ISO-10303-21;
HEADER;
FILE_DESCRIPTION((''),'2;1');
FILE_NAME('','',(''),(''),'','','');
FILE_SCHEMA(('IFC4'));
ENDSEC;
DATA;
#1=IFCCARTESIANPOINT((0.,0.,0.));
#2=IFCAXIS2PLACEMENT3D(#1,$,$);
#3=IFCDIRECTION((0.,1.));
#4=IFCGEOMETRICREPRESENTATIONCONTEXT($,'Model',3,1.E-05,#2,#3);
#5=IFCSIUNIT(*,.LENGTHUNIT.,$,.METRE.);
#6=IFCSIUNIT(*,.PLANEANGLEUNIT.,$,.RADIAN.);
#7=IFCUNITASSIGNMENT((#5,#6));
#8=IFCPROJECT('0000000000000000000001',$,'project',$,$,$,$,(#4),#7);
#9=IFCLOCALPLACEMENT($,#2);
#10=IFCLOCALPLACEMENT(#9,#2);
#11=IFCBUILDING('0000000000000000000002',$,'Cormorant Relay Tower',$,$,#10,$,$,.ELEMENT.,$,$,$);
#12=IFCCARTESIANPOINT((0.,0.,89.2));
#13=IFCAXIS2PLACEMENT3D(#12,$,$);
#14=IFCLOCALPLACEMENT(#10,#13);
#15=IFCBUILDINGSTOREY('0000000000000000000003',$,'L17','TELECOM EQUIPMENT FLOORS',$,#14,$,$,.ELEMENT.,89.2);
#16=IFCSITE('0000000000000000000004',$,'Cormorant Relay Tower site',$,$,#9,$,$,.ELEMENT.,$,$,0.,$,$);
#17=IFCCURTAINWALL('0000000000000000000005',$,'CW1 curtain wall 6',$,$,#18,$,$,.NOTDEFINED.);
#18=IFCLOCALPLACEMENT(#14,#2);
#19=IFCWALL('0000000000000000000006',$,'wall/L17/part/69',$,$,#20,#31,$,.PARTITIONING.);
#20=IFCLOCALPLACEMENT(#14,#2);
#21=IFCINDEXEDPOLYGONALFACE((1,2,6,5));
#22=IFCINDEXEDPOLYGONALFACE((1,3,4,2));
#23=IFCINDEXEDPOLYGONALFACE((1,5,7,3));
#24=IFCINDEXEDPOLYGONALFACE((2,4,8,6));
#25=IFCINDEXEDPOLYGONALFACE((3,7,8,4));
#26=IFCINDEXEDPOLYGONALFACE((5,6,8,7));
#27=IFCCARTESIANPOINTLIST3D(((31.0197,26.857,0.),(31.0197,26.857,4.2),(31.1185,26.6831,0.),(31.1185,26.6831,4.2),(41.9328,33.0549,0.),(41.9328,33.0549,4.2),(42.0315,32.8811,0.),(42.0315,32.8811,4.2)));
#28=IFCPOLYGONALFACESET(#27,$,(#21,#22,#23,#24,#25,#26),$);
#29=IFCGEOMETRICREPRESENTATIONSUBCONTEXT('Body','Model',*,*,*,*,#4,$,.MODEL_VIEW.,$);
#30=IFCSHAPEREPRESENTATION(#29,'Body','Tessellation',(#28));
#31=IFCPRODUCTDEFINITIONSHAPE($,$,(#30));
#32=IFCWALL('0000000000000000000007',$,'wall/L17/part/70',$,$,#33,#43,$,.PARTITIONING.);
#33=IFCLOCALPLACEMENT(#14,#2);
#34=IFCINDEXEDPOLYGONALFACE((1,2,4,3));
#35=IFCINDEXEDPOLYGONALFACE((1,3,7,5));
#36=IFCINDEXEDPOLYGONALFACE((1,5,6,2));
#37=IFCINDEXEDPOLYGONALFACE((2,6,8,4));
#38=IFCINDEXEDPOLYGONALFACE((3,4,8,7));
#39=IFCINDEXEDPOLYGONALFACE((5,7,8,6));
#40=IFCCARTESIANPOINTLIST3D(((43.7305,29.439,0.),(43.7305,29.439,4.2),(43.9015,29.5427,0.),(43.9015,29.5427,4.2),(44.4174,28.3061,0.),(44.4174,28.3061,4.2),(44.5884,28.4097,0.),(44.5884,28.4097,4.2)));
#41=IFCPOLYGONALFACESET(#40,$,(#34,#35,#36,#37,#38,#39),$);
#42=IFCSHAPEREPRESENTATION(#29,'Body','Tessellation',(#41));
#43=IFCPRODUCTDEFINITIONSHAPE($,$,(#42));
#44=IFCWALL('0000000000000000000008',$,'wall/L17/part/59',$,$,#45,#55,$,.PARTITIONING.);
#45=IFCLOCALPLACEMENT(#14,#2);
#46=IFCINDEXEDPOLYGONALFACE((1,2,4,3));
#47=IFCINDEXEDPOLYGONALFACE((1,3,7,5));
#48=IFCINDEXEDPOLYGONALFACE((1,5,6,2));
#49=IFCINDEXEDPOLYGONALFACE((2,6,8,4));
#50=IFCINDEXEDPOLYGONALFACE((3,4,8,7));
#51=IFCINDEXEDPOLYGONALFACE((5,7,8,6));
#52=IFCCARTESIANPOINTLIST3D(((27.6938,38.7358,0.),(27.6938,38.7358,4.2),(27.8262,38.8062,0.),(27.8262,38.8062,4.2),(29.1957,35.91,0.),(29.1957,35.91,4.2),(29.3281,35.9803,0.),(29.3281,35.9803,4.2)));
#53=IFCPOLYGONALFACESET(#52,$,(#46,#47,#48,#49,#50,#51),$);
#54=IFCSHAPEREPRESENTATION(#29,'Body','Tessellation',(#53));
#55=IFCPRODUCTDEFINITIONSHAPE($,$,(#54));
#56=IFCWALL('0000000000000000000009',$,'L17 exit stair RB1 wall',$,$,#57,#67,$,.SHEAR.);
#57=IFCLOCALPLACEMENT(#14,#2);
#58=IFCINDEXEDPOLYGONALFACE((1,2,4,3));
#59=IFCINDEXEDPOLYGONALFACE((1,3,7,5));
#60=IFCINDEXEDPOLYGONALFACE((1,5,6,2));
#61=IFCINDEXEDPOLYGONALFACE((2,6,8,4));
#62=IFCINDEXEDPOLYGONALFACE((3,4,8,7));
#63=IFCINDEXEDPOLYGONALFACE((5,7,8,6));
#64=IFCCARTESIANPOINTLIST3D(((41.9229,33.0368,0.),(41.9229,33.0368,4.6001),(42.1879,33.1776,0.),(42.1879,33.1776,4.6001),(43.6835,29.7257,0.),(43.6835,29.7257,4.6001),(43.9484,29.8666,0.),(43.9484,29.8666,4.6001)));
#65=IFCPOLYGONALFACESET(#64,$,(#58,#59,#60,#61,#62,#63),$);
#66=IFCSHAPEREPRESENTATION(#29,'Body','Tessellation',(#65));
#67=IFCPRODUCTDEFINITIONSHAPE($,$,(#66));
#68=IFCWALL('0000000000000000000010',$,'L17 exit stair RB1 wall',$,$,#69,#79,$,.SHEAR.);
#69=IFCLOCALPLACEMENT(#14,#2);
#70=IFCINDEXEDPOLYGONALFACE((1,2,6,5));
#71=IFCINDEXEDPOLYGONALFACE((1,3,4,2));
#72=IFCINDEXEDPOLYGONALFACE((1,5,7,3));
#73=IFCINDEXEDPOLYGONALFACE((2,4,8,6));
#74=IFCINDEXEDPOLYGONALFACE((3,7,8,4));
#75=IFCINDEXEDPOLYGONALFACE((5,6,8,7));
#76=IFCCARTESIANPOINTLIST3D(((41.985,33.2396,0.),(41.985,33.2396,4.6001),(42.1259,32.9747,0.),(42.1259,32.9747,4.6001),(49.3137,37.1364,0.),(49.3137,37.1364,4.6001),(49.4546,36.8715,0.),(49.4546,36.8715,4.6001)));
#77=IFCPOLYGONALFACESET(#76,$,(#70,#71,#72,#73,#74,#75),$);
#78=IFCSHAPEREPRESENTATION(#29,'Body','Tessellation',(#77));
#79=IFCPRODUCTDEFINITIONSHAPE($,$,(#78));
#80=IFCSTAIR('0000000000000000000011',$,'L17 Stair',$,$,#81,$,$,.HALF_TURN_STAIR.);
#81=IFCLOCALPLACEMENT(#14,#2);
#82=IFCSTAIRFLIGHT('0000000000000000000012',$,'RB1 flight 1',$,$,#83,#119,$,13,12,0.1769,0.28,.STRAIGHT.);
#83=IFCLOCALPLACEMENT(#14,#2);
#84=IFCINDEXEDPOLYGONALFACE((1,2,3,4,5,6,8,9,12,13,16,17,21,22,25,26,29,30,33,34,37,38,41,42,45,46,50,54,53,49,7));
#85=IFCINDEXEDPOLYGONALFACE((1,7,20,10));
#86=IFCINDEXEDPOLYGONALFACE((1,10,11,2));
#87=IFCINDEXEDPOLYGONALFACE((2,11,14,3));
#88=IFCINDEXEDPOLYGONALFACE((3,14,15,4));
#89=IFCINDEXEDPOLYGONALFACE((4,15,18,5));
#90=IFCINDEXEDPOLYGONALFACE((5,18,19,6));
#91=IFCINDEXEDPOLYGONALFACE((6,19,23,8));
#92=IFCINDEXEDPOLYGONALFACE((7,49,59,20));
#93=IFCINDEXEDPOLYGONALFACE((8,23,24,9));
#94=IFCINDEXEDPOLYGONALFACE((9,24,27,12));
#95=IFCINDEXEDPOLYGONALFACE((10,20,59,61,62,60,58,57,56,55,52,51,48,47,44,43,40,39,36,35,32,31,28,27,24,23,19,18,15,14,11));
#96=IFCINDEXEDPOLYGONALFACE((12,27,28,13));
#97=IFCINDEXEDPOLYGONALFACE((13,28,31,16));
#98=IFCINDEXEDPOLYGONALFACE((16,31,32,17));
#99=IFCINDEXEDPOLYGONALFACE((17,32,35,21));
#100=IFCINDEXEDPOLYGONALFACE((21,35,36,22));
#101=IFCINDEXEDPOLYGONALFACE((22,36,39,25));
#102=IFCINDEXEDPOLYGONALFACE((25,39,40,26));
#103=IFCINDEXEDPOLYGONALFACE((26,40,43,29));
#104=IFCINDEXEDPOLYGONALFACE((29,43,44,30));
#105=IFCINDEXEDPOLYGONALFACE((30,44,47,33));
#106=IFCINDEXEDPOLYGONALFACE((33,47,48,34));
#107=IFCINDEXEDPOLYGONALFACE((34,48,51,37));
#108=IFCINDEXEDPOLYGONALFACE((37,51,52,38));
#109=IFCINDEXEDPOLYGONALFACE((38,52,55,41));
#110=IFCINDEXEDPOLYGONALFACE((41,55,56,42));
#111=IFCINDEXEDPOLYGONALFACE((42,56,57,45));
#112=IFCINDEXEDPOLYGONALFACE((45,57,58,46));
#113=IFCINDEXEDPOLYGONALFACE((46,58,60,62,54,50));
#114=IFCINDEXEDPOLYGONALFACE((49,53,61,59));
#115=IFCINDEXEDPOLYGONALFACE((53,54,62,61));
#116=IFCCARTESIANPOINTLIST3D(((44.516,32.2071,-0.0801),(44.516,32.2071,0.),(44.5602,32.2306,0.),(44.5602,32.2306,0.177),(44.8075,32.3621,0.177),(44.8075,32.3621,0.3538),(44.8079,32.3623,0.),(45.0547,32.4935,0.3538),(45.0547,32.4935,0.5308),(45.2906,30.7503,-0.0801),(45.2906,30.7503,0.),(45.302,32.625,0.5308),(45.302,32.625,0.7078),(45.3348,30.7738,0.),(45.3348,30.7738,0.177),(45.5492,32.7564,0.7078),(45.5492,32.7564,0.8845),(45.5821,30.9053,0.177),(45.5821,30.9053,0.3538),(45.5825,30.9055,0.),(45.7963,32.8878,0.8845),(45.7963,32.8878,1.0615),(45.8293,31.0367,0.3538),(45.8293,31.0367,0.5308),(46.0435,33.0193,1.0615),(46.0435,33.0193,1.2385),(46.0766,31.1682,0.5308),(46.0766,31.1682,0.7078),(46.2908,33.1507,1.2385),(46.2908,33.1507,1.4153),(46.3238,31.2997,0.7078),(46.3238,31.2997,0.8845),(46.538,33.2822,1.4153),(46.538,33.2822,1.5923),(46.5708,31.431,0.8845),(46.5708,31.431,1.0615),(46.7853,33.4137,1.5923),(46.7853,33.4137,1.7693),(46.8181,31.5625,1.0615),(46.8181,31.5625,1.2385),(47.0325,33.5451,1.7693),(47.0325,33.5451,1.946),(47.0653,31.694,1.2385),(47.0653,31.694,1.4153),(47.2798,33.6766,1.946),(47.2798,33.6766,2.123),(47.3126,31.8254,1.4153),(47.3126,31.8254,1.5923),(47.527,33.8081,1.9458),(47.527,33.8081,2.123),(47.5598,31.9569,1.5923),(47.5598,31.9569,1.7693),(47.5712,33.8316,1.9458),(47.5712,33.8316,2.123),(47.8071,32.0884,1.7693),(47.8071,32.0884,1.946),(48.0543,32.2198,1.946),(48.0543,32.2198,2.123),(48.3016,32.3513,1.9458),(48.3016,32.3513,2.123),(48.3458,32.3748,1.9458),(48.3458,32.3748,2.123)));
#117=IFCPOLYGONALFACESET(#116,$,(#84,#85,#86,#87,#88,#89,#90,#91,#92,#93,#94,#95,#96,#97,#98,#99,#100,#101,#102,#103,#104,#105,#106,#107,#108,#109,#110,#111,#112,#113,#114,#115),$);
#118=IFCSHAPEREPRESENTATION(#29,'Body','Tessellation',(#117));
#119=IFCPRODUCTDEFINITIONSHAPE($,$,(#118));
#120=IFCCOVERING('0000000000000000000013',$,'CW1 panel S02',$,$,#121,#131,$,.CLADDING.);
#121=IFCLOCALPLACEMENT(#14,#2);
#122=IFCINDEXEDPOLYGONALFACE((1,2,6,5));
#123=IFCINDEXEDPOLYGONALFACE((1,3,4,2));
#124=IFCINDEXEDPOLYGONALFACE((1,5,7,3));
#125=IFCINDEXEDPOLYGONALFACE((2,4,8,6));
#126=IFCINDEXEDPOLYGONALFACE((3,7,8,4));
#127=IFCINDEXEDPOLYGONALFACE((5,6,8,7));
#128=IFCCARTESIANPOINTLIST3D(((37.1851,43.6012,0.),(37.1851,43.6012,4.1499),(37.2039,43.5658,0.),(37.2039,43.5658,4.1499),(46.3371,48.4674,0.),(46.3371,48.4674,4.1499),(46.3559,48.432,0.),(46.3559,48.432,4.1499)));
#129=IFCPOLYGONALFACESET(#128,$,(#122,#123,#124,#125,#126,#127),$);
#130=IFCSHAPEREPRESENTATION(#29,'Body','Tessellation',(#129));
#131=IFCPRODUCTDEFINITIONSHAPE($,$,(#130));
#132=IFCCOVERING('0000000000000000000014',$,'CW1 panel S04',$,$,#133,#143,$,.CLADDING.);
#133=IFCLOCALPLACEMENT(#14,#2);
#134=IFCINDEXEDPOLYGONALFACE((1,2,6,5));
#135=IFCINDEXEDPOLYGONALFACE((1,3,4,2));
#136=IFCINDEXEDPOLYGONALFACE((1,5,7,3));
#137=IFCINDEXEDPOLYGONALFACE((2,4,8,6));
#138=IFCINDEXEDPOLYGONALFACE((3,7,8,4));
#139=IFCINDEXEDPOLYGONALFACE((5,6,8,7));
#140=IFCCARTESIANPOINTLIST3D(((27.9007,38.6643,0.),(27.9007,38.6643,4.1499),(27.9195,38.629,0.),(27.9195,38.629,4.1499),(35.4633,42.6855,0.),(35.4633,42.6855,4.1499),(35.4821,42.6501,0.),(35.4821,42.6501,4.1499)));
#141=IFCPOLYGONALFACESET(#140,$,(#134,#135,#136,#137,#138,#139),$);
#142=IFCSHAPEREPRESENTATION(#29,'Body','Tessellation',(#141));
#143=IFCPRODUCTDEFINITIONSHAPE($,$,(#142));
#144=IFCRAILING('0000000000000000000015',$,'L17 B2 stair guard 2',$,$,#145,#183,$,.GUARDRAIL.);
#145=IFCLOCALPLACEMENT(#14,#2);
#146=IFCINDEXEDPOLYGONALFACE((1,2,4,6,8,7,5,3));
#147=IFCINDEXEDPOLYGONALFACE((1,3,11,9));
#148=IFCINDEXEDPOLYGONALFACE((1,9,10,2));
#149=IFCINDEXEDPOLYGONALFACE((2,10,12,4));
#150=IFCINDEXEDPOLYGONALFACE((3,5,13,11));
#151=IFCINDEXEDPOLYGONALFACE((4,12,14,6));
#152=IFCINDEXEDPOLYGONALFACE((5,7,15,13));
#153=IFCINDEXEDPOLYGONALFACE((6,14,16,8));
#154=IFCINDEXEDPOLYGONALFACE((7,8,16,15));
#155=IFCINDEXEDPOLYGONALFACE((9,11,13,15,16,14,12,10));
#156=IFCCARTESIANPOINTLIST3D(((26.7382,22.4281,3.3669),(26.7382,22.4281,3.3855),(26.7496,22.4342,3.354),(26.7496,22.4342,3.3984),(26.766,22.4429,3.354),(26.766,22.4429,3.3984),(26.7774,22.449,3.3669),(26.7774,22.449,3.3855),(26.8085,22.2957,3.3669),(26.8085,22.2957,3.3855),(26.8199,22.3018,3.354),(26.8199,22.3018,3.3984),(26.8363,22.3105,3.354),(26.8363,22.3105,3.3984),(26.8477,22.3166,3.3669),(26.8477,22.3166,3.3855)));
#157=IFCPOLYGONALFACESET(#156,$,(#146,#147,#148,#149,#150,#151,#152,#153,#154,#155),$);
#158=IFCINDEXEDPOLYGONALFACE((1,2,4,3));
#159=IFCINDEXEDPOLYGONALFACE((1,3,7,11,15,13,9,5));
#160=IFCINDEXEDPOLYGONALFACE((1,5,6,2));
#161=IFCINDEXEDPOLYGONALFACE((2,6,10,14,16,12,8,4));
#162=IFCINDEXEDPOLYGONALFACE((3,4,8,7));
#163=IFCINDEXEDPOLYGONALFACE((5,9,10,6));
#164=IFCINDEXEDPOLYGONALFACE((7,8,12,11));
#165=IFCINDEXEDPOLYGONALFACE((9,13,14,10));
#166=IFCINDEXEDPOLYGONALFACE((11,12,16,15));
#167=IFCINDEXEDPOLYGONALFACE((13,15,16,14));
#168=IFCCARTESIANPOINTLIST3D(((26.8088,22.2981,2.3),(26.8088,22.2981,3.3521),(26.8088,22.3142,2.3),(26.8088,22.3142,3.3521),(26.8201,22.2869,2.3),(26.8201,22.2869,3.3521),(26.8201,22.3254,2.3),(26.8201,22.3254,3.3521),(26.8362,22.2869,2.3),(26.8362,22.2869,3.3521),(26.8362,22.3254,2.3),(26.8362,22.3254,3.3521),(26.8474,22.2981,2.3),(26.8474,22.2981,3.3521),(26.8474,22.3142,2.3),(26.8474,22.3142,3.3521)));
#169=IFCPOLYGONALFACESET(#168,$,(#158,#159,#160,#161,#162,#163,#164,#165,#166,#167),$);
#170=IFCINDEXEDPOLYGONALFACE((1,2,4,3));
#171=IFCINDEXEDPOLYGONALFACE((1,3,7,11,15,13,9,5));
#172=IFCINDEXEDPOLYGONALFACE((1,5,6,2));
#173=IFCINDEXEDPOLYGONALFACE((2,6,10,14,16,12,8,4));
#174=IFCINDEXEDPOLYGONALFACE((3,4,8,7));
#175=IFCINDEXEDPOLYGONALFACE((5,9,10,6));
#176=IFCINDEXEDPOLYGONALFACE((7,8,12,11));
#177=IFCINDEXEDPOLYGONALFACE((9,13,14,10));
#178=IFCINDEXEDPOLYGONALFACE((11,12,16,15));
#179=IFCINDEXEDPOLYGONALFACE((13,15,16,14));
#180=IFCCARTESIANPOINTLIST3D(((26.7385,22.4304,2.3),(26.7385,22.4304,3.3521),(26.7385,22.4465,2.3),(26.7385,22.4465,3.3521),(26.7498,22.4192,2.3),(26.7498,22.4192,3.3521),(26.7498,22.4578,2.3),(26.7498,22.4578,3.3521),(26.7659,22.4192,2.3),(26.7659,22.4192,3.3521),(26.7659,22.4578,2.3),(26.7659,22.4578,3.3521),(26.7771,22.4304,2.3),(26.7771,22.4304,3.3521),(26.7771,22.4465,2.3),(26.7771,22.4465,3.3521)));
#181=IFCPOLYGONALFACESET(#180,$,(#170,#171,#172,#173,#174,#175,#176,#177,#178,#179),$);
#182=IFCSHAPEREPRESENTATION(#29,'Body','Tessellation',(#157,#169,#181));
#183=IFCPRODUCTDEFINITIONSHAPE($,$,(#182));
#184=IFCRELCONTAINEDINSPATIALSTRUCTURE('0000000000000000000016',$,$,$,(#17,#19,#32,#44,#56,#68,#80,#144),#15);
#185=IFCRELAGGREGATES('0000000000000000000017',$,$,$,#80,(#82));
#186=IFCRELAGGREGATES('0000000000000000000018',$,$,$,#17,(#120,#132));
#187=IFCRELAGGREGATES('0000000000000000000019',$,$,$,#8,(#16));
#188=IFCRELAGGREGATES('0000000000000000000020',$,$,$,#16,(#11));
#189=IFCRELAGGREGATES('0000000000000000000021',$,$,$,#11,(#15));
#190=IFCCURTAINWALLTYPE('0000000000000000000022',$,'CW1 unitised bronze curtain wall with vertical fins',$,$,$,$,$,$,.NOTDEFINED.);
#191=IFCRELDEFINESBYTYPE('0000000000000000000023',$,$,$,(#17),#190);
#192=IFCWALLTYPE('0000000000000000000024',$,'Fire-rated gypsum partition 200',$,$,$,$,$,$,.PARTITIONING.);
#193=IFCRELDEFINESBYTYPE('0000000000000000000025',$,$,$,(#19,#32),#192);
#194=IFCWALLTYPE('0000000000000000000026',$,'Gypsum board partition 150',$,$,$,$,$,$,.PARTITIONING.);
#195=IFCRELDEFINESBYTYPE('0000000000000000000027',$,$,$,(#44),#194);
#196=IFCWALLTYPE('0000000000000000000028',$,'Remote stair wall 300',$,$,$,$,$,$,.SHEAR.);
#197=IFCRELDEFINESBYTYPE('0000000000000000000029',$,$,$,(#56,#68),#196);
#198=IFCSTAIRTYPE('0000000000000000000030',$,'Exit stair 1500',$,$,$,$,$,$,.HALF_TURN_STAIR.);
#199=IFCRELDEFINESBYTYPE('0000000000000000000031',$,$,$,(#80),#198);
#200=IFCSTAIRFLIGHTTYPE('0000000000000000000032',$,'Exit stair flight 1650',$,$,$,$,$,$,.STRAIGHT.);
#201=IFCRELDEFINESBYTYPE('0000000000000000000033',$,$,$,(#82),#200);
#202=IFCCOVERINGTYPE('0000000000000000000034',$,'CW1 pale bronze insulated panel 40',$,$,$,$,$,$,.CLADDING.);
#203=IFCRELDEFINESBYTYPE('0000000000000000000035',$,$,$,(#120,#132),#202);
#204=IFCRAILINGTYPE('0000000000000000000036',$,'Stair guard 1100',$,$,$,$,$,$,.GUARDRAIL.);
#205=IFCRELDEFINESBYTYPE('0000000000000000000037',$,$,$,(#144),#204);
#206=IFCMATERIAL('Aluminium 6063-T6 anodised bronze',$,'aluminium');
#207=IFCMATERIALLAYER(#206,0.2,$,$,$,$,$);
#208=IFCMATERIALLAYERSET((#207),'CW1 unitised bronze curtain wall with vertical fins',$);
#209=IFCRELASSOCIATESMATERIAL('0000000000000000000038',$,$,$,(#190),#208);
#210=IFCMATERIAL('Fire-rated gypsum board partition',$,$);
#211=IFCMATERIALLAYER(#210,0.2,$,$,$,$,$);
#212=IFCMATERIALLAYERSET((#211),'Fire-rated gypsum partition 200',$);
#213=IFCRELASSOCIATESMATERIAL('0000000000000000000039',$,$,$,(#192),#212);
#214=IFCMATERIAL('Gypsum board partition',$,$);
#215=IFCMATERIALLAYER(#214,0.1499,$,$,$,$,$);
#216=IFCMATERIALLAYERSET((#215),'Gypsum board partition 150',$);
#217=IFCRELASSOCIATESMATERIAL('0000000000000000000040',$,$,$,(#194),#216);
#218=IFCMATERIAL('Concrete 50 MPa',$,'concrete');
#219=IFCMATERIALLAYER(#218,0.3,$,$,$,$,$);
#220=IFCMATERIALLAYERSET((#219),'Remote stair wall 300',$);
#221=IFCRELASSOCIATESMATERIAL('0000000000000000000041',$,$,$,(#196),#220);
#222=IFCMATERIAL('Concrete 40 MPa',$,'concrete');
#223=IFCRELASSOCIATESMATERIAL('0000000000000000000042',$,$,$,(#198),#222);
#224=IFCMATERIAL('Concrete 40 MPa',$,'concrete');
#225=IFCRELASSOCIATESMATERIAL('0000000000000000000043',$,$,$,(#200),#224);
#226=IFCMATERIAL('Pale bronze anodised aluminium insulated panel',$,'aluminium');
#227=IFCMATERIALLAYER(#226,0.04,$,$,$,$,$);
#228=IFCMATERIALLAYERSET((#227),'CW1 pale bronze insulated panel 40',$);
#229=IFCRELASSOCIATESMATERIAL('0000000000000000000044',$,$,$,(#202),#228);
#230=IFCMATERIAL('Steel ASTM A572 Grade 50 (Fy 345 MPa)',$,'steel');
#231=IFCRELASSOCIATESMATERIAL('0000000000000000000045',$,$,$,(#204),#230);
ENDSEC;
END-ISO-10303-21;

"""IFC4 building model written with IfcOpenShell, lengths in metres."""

from ifc_helpers import new_model, si_unit, direction, frame, frame_2d, origin, origin_2d, place, context, subcontext, project, spatial, polyline, rectangle, outline, extrude, material, layer, layer_set, type_object, element, aggregate, save


model = new_model("IFC4")

# Units and contexts
model_context = context("Model", 3, precision=1e-05, world=origin(), true_north=direction((0.0, 1.0)))
body_context = subcontext(model_context, "Body", "Model", "MODEL_VIEW")
ifc_project = project(units=[si_unit("LENGTHUNIT", "METRE"), si_unit("PLANEANGLEUNIT", "RADIAN")], contexts=[model_context])

# Site, building, storey
site_placement = place(None, origin())
site = spatial("IfcSite", under=ifc_project, at=site_placement, Name="Cormorant Relay Tower site", CompositionType="ELEMENT", RefElevation=0.0)
building_placement = place(site_placement, origin())
building = spatial("IfcBuilding", under=site, at=building_placement, Name="Cormorant Relay Tower", CompositionType="ELEMENT")
storey_placement = place(building_placement, frame((0.0, 0.0, 89.2)))
storey = spatial("IfcBuildingStorey", under=building, at=storey_placement, Name="L17", Description="TELECOM EQUIPMENT FLOORS", CompositionType="ELEMENT", Elevation=89.2)

# Curtain wall
ifc_material_1 = material(Name="Aluminium 6063-T6 anodised bronze", Category="aluminium")
ifc_layer_1 = layer(ifc_material_1, 0.2)
ifc_layer_set_1 = layer_set([ifc_layer_1], Name="CW1 unitised bronze curtain wall with vertical fins")
curtain_wall_type = type_object("IfcCurtainWallType", Name="CW1 unitised bronze curtain wall with vertical fins", PredefinedType="NOTDEFINED", material=ifc_layer_set_1)
curtain_wall_placement = place(storey_placement, origin())
curtain_wall = element("IfcCurtainWall", 1, at=curtain_wall_placement, inside=storey, type_object=curtain_wall_type, Name="CW1 curtain wall 6", PredefinedType="NOTDEFINED")

# Shared definitions
ifc_material_2 = material(Name="Fire-rated gypsum board partition")
ifc_layer_2 = layer(ifc_material_2, 0.2)
ifc_layer_set_2 = layer_set([ifc_layer_2], Name="Fire-rated gypsum partition 200")
wall_type_1 = type_object("IfcWallType", Name="Fire-rated gypsum partition 200", PredefinedType="PARTITIONING", material=ifc_layer_set_2)

# Walls
wall_1_placement = place(storey_placement, frame((31.0691, 26.77, 0.0), z_axis=(0.0, 0.0, 1.0), x_axis=(0.869546, 0.493852, 0.0)))
element("IfcWall", 2, at=wall_1_placement, inside=storey, type_object=wall_type_1, Name="wall/L17/part/69", PredefinedType="PARTITIONING", context=body_context, shape_type="SweptSolid", body=[
    extrude(rectangle(XDim=12.5503, YDim=0.2, at=frame_2d((6.2751, 0.0))), origin(), (0.0, 0.0, 1.0), 4.2),
])
wall_2_placement = place(storey_placement, frame((43.8159, 29.491, 0.0), z_axis=(0.0, 0.0, 1.0), x_axis=(0.518473, -0.855094, 0.0)))
element("IfcWall", 3, at=wall_2_placement, inside=storey, type_object=wall_type_1, Name="wall/L17/part/70", PredefinedType="PARTITIONING", context=body_context, shape_type="SweptSolid", body=[
    extrude(rectangle(XDim=1.325, YDim=0.2, at=frame_2d((0.6626, 0.0))), origin(), (0.0, 0.0, 1.0), 4.2),
])
ifc_material_3 = material(Name="Gypsum board partition")
ifc_layer_3 = layer(ifc_material_3, 0.1499)
ifc_layer_set_3 = layer_set([ifc_layer_3], Name="Gypsum board partition 150")
wall_type_2 = type_object("IfcWallType", Name="Gypsum board partition 150", PredefinedType="PARTITIONING", material=ifc_layer_set_3)
wall_3_placement = place(storey_placement, frame((27.76, 38.771, 0.0), z_axis=(0.0, 0.0, 1.0), x_axis=(0.469321, -0.883028, 0.0)))
element("IfcWall", 4, at=wall_3_placement, inside=storey, type_object=wall_type_2, Name="wall/L17/part/59", PredefinedType="PARTITIONING", context=body_context, shape_type="SweptSolid", body=[
    extrude(rectangle(XDim=3.2002, YDim=0.1499, at=frame_2d((1.6001, 0.0))), origin(), (0.0, 0.0, 1.0), 4.2),
])
ifc_material_4 = material(Name="Concrete 50 MPa", Category="concrete")
ifc_layer_4 = layer(ifc_material_4, 0.3)
ifc_layer_set_4 = layer_set([ifc_layer_4], Name="Remote stair wall 300")
wall_type_3 = type_object("IfcWallType", Name="Remote stair wall 300", PredefinedType="SHEAR", material=ifc_layer_set_4)
wall_4_placement = place(storey_placement, frame((43.8159, 29.7961, 0.0), z_axis=(0.0, 0.0, 1.0), x_axis=(-0.469469, 0.882949, 0.0)))
element("IfcWall", 5, at=wall_4_placement, inside=storey, type_object=wall_type_3, Name="L17 exit stair RB1 wall", PredefinedType="SHEAR", context=body_context, shape_type="SweptSolid", body=[
    extrude(rectangle(XDim=3.75, YDim=0.3, at=frame_2d((1.875, 0.0))), origin(), (0.0, 0.0, 1.0), 4.6001),
])
wall_5_placement = place(storey_placement, frame((42.0554, 33.1072, 0.0), z_axis=(0.0, 0.0, 1.0), x_axis=(0.882946, 0.469475, 0.0)))
element("IfcWall", 6, at=wall_5_placement, inside=storey, type_object=wall_type_3, Name="L17 exit stair RB1 wall", PredefinedType="SHEAR", context=body_context, shape_type="SweptSolid", body=[
    extrude(rectangle(XDim=8.3003, YDim=0.3, at=frame_2d((4.1501, 0.0))), origin(), (0.0, 0.0, 1.0), 4.6001),
])

# Stair, stair flight
ifc_material_5 = material(Name="Concrete 40 MPa", Category="concrete")
stair_type = type_object("IfcStairType", Name="Exit stair 1500", PredefinedType="HALF_TURN_STAIR", material=ifc_material_5)
stair_placement = place(storey_placement, origin())
stair = element("IfcStair", 7, at=stair_placement, inside=storey, type_object=stair_type, Name="L17 Stair", PredefinedType="HALF_TURN_STAIR")
ifc_material_6 = material(Name="Concrete 40 MPa", Category="concrete")
stair_flight_type = type_object("IfcStairFlightType", Name="Exit stair flight 1650", PredefinedType="STRAIGHT", material=ifc_material_6)
stair_flight_placement = place(storey_placement, frame((44.9475, 31.5022, 0.0), z_axis=(0.0, 0.0, 1.0), x_axis=(0.882948, 0.469472, 0.0)))
stair_flight = element("IfcStairFlight", 8, at=stair_flight_placement, type_object=stair_flight_type, Name="RB1 flight 1", NumberOfRisers=13, NumberOfTreads=12, PredefinedType="STRAIGHT", RiserHeight=0.1769, TreadLength=0.28, context=body_context, shape_type="SweptSolid", body=[
    extrude(outline(polyline([(-0.05, -0.0801), (-0.05, 0.0), (0.0, 0.0), (0.0, 0.177), (0.28, 0.177), (0.28, 0.3538), (0.5601, 0.3538), (0.5601, 0.5308), (0.8401, 0.5308), (0.8401, 0.7078), (1.1201, 0.7078), (1.1201, 0.8845), (1.3999, 0.8845), (1.3999, 1.0615), (1.6799, 1.0615), (1.6799, 1.2385), (1.96, 1.2385), (1.96, 1.4153), (2.24, 1.4153), (2.24, 1.5923), (2.52, 1.5923), (2.52, 1.7693), (2.8, 1.7693), (2.8, 1.946), (3.0801, 1.946), (3.0801, 2.123), (3.3601, 2.123), (3.4102, 2.123), (3.4102, 1.9458), (3.3601, 1.9458), (0.2805, 0.0), (-0.05, -0.0801)])), frame((0.0, 0.825, 0.0), z_axis=(0.0, -1.0, 0.0), x_axis=(1.0, 0.0, 0.0)), (0.0, 0.0, 1.0), 1.6499),
])
aggregate(stair, [stair_flight])

# Coverings
ifc_material_7 = material(Name="Pale bronze anodised aluminium insulated panel", Category="aluminium")
ifc_layer_5 = layer(ifc_material_7, 0.04)
ifc_layer_set_5 = layer_set([ifc_layer_5], Name="CW1 pale bronze insulated panel 40")
covering_type = type_object("IfcCoveringType", Name="CW1 pale bronze insulated panel 40", PredefinedType="CLADDING", material=ifc_layer_set_5)
covering_1_placement = place(storey_placement, frame((41.7705, 46.0166, 0.0), z_axis=(0.0, 0.0, 1.0), x_axis=(-0.882948, -0.469472, 0.0)))
covering_1 = element("IfcCovering", 9, at=covering_1_placement, type_object=covering_type, Name="CW1 panel S02", PredefinedType="CLADDING", context=body_context, shape_type="SweptSolid", body=[
    extrude(rectangle(XDim=10.3652, YDim=0.04, at=origin_2d()), origin(), (0.0, 0.0, 1.0), 4.1499),
])
covering_2_placement = place(storey_placement, frame((31.6914, 40.6572, 0.0), z_axis=(0.0, 0.0, 1.0), x_axis=(-0.882948, -0.469472, 0.0)))
covering_2 = element("IfcCovering", 10, at=covering_2_placement, type_object=covering_type, Name="CW1 panel S04", PredefinedType="CLADDING", context=body_context, shape_type="SweptSolid", body=[
    extrude(rectangle(XDim=8.5652, YDim=0.04, at=origin_2d()), origin(), (0.0, 0.0, 1.0), 4.1499),
])
aggregate(curtain_wall, [covering_1, covering_2])

# Railing
ifc_material_8 = material(Name="Steel ASTM A572 Grade 50 (Fy 345 MPa)", Category="steel")
railing_type = type_object("IfcRailingType", Name="Stair guard 1100", PredefinedType="GUARDRAIL", material=ifc_material_8)
railing_1_placement = place(storey_placement, frame((26.8281, 22.3062, 2.3)))
element("IfcRailing", 11, at=railing_1_placement, inside=storey, type_object=railing_type, Name="L17 B2 stair guard 2", PredefinedType="GUARDRAIL", context=body_context, shape_type="SweptSolid", body=[
    extrude(outline(polyline([(0.0222, 0.0093), (0.0093, 0.0222), (-0.0093, 0.0222), (-0.0222, 0.0093), (-0.0222, -0.0093), (-0.0093, -0.0222), (0.0093, -0.0222), (0.0222, -0.0093), (0.0222, 0.0093)])), frame((0.0, 0.0, 1.0762), z_axis=(-0.469235, 0.883074, 0.0), x_axis=(-0.883074, -0.469235, 0.0)), (0.0, 0.0, 1.0), 0.1499),
    extrude(outline(polyline([(0.0193, 0.0081), (0.0081, 0.0193), (-0.0081, 0.0193), (-0.0193, 0.0081), (-0.0193, -0.0081), (-0.0081, -0.0193), (0.0081, -0.0193), (0.0193, -0.0081), (0.0193, 0.0081)])), origin(), (0.0, 0.0, 1.0), 1.052),
    extrude(outline(polyline([(0.0193, 0.0081), (0.0081, 0.0193), (-0.0081, 0.0193), (-0.0193, 0.0081), (-0.0193, -0.0081), (-0.0081, -0.0193), (0.0081, -0.0193), (0.0193, -0.0081), (0.0193, 0.0081)])), frame((-0.0703, 0.1323, 0.0)), (0.0, 0.0, 1.0), 1.052),
])

save(model, "model.ifc")
